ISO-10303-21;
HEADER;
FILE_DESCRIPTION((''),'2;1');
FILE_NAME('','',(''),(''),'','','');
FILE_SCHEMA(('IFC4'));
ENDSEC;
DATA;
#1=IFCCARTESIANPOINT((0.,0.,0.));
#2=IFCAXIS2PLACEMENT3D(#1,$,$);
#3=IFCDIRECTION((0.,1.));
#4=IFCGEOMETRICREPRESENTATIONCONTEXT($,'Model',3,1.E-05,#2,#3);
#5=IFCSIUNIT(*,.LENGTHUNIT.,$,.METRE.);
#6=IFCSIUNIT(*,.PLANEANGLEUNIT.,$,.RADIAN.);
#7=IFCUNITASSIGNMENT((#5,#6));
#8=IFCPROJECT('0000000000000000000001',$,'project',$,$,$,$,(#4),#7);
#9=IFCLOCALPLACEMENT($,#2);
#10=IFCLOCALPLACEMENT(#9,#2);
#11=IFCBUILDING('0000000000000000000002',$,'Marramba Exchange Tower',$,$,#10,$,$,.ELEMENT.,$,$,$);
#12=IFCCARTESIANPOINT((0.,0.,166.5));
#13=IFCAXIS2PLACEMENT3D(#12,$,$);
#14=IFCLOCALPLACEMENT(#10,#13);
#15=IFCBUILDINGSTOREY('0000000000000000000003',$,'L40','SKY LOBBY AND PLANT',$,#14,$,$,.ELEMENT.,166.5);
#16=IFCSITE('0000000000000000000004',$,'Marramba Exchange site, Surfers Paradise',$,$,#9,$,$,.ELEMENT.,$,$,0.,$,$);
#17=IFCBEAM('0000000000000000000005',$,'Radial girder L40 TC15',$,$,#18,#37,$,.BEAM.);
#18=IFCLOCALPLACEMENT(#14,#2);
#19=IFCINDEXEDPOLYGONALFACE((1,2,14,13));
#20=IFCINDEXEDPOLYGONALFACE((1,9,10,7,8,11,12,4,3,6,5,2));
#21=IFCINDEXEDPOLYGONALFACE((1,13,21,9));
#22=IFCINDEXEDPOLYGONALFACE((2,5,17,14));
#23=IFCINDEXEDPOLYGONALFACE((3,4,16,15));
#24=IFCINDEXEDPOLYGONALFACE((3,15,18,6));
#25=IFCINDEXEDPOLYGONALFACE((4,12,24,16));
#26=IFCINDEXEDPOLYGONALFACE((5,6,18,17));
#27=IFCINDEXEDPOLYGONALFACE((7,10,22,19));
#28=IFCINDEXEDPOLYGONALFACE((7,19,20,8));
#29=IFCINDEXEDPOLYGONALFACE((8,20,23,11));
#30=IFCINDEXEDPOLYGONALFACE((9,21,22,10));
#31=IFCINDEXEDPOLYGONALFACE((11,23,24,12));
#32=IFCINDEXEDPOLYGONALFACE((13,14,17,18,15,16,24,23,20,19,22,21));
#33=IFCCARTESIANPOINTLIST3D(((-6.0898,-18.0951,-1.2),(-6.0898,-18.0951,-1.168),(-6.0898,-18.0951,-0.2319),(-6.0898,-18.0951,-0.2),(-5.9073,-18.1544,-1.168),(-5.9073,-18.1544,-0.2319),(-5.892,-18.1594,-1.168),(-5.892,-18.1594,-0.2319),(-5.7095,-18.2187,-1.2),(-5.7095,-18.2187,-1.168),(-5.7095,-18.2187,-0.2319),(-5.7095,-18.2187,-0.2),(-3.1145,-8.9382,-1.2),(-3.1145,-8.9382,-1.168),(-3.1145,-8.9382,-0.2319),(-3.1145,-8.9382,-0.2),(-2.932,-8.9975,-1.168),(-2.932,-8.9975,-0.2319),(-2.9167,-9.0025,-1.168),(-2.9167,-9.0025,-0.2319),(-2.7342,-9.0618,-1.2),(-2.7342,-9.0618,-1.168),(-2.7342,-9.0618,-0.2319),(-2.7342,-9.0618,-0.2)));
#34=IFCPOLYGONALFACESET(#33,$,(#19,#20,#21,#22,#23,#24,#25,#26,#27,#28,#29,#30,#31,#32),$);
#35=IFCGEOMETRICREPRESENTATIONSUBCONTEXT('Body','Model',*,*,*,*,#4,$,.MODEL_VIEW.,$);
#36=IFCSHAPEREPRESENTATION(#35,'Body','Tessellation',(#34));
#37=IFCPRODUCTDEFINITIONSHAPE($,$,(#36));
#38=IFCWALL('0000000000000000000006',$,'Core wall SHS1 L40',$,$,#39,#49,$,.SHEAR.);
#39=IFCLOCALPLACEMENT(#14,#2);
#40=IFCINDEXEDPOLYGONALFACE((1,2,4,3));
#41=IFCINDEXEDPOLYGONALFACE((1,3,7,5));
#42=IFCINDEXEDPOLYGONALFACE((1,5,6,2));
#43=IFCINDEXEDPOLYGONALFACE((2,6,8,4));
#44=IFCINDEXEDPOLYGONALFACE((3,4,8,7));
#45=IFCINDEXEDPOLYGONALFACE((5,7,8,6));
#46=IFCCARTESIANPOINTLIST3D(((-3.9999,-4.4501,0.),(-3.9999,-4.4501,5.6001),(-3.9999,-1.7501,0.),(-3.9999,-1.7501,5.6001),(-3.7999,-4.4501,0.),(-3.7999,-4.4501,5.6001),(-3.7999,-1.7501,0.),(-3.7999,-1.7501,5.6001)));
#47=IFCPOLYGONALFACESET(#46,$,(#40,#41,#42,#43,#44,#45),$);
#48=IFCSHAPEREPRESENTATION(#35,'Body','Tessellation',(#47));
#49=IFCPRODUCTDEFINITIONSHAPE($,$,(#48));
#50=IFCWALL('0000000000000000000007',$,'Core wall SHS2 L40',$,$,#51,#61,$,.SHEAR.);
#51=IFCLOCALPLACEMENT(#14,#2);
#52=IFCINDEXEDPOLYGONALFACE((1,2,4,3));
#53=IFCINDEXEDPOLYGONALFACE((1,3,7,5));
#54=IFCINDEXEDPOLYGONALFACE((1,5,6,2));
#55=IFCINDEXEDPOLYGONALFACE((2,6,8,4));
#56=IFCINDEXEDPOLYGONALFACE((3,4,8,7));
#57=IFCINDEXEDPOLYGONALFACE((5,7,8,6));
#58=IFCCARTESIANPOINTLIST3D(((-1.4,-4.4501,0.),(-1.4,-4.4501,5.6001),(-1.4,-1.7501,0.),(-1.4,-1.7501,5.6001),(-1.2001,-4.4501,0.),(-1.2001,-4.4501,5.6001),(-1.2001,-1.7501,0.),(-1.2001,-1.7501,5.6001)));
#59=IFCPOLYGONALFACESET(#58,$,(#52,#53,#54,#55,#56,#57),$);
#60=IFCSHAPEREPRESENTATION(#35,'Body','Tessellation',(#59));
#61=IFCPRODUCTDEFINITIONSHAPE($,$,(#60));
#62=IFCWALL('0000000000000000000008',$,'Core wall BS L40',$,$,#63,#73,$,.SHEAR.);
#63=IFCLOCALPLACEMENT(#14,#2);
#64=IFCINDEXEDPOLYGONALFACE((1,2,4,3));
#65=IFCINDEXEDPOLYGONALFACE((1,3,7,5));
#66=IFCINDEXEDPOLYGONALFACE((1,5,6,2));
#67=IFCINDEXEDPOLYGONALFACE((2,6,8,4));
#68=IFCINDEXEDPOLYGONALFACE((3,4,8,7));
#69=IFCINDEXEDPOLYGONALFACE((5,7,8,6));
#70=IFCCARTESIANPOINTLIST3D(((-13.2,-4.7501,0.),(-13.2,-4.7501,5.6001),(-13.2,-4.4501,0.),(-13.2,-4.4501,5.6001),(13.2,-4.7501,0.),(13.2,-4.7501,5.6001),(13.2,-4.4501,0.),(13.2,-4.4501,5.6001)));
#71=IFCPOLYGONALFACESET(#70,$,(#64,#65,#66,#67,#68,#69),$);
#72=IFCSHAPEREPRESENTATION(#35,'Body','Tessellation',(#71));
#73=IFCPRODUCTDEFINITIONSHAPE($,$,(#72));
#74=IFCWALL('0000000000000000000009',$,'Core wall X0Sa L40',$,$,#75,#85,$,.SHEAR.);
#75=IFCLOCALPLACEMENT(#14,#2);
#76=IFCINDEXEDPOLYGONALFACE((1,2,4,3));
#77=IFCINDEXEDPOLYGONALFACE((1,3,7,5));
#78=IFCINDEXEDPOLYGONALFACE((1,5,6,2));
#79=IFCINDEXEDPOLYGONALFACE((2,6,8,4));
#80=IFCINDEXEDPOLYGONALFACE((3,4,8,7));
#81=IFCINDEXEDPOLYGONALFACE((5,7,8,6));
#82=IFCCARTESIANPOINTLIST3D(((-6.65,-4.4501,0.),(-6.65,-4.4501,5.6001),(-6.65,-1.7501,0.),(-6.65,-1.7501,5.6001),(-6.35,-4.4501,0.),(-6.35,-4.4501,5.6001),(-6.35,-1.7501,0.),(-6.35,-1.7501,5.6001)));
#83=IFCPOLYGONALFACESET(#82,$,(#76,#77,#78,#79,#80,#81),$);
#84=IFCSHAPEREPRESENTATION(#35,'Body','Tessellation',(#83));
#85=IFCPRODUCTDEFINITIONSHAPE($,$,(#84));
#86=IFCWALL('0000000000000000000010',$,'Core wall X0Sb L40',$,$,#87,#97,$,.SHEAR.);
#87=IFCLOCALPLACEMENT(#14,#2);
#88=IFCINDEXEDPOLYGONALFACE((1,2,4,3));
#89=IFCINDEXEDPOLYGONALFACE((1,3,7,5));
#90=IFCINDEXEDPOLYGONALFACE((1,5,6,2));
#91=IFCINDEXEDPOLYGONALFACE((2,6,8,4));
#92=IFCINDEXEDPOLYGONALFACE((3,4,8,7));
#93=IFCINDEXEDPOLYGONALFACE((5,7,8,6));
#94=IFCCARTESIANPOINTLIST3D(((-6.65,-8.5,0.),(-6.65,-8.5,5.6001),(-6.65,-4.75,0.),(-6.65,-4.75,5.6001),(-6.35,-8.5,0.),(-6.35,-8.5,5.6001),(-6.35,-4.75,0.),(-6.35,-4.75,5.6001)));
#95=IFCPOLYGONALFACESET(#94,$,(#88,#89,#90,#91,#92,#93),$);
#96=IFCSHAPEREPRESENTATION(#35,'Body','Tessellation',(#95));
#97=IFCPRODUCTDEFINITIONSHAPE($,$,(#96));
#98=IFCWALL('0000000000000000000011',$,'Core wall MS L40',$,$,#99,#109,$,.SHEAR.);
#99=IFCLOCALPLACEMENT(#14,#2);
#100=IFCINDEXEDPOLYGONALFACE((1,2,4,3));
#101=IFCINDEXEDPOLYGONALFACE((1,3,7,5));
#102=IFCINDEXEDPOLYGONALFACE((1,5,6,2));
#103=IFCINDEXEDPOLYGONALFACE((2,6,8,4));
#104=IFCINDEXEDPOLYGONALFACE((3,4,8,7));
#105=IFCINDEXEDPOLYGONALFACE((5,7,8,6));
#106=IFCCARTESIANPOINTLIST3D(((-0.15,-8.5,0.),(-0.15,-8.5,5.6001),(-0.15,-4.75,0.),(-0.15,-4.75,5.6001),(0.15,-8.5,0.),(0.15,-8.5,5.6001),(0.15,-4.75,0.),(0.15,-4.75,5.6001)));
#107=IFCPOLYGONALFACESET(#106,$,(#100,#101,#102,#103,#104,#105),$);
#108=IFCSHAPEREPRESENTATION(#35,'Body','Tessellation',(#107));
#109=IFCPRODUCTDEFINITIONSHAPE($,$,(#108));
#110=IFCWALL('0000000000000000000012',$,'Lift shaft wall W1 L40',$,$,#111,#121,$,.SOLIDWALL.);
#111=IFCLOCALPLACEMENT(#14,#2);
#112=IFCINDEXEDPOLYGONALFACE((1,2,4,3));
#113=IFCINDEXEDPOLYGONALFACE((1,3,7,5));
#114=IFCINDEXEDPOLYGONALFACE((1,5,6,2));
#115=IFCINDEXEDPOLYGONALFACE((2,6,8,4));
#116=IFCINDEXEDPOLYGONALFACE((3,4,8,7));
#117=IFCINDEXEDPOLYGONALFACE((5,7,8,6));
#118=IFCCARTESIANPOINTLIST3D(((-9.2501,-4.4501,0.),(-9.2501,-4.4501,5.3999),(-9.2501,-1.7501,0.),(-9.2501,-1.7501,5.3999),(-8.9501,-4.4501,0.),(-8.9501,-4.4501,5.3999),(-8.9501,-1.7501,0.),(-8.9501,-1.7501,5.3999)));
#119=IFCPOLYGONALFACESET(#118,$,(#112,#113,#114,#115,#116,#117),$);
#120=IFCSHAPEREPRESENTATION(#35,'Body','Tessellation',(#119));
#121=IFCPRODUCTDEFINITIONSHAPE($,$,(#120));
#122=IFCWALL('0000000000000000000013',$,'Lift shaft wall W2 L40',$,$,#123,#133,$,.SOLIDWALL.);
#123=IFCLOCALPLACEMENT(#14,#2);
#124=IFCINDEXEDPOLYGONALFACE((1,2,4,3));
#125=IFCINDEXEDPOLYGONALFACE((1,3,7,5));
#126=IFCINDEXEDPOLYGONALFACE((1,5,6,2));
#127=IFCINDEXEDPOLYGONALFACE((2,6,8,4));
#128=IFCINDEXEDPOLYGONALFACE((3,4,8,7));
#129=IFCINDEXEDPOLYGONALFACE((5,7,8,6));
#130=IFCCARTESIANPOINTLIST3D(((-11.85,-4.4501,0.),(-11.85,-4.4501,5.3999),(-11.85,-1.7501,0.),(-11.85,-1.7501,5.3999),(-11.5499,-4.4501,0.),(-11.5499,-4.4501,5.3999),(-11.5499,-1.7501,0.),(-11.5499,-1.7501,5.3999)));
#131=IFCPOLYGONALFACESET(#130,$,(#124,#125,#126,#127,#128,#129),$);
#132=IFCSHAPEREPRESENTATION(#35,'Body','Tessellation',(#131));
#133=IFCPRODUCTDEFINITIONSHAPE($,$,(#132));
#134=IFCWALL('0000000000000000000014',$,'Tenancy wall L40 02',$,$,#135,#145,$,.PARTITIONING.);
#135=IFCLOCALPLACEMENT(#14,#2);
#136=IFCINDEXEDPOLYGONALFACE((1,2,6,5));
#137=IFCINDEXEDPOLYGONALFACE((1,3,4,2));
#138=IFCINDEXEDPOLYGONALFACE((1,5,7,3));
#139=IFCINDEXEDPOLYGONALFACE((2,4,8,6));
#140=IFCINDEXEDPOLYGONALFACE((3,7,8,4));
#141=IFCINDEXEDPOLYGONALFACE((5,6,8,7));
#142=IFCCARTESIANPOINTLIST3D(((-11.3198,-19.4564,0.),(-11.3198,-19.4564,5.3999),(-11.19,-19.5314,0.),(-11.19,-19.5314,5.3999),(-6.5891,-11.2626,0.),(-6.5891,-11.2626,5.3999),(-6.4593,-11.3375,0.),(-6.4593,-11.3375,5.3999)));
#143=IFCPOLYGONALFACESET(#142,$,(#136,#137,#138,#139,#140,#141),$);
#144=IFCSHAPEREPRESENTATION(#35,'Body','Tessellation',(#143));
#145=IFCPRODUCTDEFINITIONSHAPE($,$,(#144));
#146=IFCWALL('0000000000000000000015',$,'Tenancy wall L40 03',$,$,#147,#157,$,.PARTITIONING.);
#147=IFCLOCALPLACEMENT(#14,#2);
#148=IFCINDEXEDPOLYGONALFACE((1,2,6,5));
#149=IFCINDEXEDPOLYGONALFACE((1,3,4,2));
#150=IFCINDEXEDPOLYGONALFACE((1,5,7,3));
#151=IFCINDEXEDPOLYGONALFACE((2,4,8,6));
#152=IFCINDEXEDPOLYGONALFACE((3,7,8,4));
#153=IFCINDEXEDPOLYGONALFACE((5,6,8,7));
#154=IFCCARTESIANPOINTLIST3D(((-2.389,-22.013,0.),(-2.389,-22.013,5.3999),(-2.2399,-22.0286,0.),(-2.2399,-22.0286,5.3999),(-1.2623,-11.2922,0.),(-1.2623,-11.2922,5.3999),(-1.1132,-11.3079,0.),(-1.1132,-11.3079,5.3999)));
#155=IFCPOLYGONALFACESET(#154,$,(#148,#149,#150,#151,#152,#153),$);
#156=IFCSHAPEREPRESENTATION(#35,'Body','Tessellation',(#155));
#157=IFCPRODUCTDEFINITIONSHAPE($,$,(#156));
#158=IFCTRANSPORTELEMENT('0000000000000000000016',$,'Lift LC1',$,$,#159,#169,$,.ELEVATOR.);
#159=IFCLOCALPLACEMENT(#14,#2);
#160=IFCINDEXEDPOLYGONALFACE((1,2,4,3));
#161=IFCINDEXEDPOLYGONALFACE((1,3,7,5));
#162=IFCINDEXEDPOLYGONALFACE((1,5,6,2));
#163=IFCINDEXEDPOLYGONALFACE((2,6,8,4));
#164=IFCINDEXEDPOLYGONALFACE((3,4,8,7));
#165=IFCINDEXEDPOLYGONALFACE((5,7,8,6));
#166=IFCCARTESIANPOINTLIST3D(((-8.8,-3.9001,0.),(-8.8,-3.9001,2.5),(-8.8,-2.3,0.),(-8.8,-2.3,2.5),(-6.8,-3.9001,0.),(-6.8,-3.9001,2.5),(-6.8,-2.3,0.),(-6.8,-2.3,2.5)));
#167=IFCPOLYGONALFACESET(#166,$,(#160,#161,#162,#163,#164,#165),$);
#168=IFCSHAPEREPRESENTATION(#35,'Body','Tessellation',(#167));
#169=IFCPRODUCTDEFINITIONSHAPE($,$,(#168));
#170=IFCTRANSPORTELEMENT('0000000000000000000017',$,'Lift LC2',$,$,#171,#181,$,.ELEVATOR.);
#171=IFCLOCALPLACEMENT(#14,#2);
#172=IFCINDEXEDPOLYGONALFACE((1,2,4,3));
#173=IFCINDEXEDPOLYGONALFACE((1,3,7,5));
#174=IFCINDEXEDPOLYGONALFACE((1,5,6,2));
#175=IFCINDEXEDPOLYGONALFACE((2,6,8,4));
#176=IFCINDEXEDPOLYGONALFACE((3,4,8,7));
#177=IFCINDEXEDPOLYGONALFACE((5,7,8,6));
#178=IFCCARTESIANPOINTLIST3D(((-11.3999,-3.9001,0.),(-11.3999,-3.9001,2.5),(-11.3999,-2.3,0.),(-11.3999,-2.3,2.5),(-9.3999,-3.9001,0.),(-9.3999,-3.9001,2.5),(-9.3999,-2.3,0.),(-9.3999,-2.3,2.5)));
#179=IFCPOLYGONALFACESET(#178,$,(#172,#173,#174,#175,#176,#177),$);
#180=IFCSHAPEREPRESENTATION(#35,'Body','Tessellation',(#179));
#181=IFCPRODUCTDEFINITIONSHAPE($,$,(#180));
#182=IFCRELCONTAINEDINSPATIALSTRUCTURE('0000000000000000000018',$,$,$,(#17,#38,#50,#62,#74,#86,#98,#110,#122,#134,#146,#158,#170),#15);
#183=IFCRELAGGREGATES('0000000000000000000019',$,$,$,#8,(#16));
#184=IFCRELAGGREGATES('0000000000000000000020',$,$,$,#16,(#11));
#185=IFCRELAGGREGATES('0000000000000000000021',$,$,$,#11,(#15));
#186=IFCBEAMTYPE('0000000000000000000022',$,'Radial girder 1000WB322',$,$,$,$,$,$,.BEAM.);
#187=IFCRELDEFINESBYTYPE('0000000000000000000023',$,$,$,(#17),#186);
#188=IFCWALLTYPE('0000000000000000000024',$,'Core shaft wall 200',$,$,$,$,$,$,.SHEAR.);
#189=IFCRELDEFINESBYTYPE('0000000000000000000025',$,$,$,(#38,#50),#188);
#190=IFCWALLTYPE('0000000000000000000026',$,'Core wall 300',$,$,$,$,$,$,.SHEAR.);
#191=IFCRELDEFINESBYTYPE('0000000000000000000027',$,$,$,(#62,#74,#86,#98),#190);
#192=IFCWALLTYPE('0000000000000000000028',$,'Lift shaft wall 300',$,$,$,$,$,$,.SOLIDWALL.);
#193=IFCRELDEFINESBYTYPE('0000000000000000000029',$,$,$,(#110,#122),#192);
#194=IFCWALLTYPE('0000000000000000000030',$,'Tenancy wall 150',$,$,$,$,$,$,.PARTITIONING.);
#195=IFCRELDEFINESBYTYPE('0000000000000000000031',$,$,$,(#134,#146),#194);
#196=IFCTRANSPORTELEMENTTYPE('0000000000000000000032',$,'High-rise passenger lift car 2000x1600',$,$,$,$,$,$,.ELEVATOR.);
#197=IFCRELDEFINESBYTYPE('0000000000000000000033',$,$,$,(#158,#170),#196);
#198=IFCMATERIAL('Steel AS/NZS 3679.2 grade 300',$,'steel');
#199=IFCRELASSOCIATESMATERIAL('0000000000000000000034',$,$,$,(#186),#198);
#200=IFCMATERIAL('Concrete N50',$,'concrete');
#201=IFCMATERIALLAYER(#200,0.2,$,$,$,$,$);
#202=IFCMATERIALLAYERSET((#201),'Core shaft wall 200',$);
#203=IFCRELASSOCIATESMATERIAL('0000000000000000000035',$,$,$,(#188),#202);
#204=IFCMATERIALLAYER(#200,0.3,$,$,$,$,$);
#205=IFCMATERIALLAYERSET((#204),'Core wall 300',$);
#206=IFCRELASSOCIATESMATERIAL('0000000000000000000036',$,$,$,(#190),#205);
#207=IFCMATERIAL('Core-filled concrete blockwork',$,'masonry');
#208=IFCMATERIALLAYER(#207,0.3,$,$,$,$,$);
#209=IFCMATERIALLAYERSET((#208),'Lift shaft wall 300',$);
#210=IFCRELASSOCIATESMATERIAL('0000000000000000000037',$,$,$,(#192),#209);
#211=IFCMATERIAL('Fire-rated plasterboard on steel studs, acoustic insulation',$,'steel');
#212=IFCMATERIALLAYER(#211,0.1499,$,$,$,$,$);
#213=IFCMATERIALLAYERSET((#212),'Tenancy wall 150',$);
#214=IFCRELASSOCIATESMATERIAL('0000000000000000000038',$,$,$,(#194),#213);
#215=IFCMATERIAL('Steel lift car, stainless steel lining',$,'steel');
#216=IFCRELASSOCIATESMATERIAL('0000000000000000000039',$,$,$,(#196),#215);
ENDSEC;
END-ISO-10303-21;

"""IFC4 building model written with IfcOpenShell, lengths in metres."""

from ifc_helpers import new_model, si_unit, direction, frame, frame_2d, origin, origin_2d, place, context, subcontext, project, spatial, rectangle, i_section, extrude, material, layer, layer_set, material_profile, profile_set, type_object, element, save


model = new_model("IFC4")

# Units and contexts
model_context = context("Model", 3, precision=1e-05, world=origin(), true_north=direction((0.0, 1.0)))
body_context = subcontext(model_context, "Body", "Model", "MODEL_VIEW")
ifc_project = project(units=[si_unit("LENGTHUNIT", "METRE"), si_unit("PLANEANGLEUNIT", "RADIAN")], contexts=[model_context])

# Site, building, storey
site_placement = place(None, origin())
site = spatial("IfcSite", under=ifc_project, at=site_placement, Name="Marramba Exchange site, Surfers Paradise", CompositionType="ELEMENT", RefElevation=0.0)
building_placement = place(site_placement, origin())
building = spatial("IfcBuilding", under=site, at=building_placement, Name="Marramba Exchange Tower", CompositionType="ELEMENT")
storey_placement = place(building_placement, frame((0.0, 0.0, 166.5)))
storey = spatial("IfcBuildingStorey", under=building, at=storey_placement, Name="L40", Description="SKY LOBBY AND PLANT", CompositionType="ELEMENT", Elevation=166.5)

# Beam
ifc_material_1 = material(Name="Steel AS/NZS 3679.2 grade 300", Category="steel")
ifc_material_profile_1 = material_profile(ifc_material_1, i_section(OverallWidth=0.3999, OverallDepth=1.0, WebThickness=0.0161, FlangeThickness=0.032, at=origin_2d()), Name="1000WB322")
ifc_profile_set_1 = profile_set([ifc_material_profile_1], Name="Steel AS/NZS 3679.2 grade 300")
beam_type_1 = type_object("IfcBeamType", Name="Radial girder 1000WB322", PredefinedType="BEAM", material=ifc_profile_set_1)
beam_1_placement = place(storey_placement, frame((-2.9243, -9.0, -0.7), z_axis=(-0.309022, -0.951055, 0.0), x_axis=(0.951055, -0.309022, 0.0)))
element("IfcBeam", 1, at=beam_1_placement, inside=storey, type_object=beam_type_1, Name="Radial girder L40 TC15", PredefinedType="BEAM", context=body_context, shape_type="SweptSolid", body=[
    extrude(i_section(OverallWidth=0.3999, OverallDepth=1.0, WebThickness=0.0161, FlangeThickness=0.032, at=origin_2d()), origin(), (0.0, 0.0, 1.0), 9.6282),
])

# Walls
ifc_material_2 = material(Name="Concrete N50", Category="concrete")
ifc_layer_1 = layer(ifc_material_2, 0.2)
ifc_layer_set_1 = layer_set([ifc_layer_1], Name="Core shaft wall 200")
wall_type_1 = type_object("IfcWallType", Name="Core shaft wall 200", PredefinedType="SHEAR", material=ifc_layer_set_1)
for number, where, z_axis, x_axis, name in (
    (2, (-3.8999, -1.75, 0.0), (0.0, 0.0, 1.0), (0.0, -1.0, 0.0), "Core wall SHS1 L40"),
    (3, (-1.3, -1.75, 0.0), (0.0, 0.0, 1.0), (0.0, -1.0, 0.0), "Core wall SHS2 L40"),
):
    element("IfcWall", number, at=place(storey_placement, frame(where, z_axis=z_axis, x_axis=x_axis)), inside=storey, type_object=wall_type_1, Name=name, PredefinedType="SHEAR", context=body_context, shape_type="SweptSolid", body=[
        extrude(rectangle(XDim=2.7, YDim=0.2, at=frame_2d((1.3501, 0.0))), origin(), (0.0, 0.0, 1.0), 5.6001),
    ])

# Shared definitions
ifc_layer_2 = layer(ifc_material_2, 0.3)
ifc_layer_set_2 = layer_set([ifc_layer_2], Name="Core wall 300")
wall_type_2 = type_object("IfcWallType", Name="Core wall 300", PredefinedType="SHEAR", material=ifc_layer_set_2)

# Walls
wall_1_placement = place(storey_placement, frame((-13.2, -4.6001, 0.0), z_axis=(0.0, 0.0, 1.0), x_axis=(1.0, 0.0, 0.0)))
element("IfcWall", 4, at=wall_1_placement, inside=storey, type_object=wall_type_2, Name="Core wall BS L40", PredefinedType="SHEAR", context=body_context, shape_type="SweptSolid", body=[
    extrude(rectangle(XDim=26.3999, YDim=0.3, at=frame_2d((13.2, 0.0))), origin(), (0.0, 0.0, 1.0), 5.6001),
])
wall_2_placement = place(storey_placement, frame((-6.5, -1.75, 0.0), z_axis=(0.0, 0.0, 1.0), x_axis=(0.0, -1.0, 0.0)))
element("IfcWall", 5, at=wall_2_placement, inside=storey, type_object=wall_type_2, Name="Core wall X0Sa L40", PredefinedType="SHEAR", context=body_context, shape_type="SweptSolid", body=[
    extrude(rectangle(XDim=2.7, YDim=0.3, at=frame_2d((1.3501, 0.0))), origin(), (0.0, 0.0, 1.0), 5.6001),
])
for number, where, z_axis, x_axis, name in (
    (6, (-6.5, -4.75, 0.0), (0.0, 0.0, 1.0), (0.0, -1.0, 0.0), "Core wall X0Sb L40"),
    (7, (0.0, -4.75, 0.0), (0.0, 0.0, 1.0), (0.0, -1.0, 0.0), "Core wall MS L40"),
):
    element("IfcWall", number, at=place(storey_placement, frame(where, z_axis=z_axis, x_axis=x_axis)), inside=storey, type_object=wall_type_2, Name=name, PredefinedType="SHEAR", context=body_context, shape_type="SweptSolid", body=[
        extrude(rectangle(XDim=3.75, YDim=0.3, at=frame_2d((1.875, 0.0))), origin(), (0.0, 0.0, 1.0), 5.6001),
    ])
ifc_material_3 = material(Name="Core-filled concrete blockwork", Category="masonry")
ifc_layer_3 = layer(ifc_material_3, 0.3)
ifc_layer_set_3 = layer_set([ifc_layer_3], Name="Lift shaft wall 300")
wall_type_3 = type_object("IfcWallType", Name="Lift shaft wall 300", PredefinedType="SOLIDWALL", material=ifc_layer_set_3)
for number, where, z_axis, x_axis, name in (
    (8, (-9.1001, -1.75, 0.0), (0.0, 0.0, 1.0), (0.0, -1.0, 0.0), "Lift shaft wall W1 L40"),
    (9, (-11.7, -1.75, 0.0), (0.0, 0.0, 1.0), (0.0, -1.0, 0.0), "Lift shaft wall W2 L40"),
):
    element("IfcWall", number, at=place(storey_placement, frame(where, z_axis=z_axis, x_axis=x_axis)), inside=storey, type_object=wall_type_3, Name=name, PredefinedType="SOLIDWALL", context=body_context, shape_type="SweptSolid", body=[
        extrude(rectangle(XDim=2.7, YDim=0.3, at=frame_2d((1.3501, 0.0))), origin(), (0.0, 0.0, 1.0), 5.3999),
    ])
ifc_material_4 = material(Name="Fire-rated plasterboard on steel studs, acoustic insulation", Category="steel")
ifc_layer_4 = layer(ifc_material_4, 0.1499)
ifc_layer_set_4 = layer_set([ifc_layer_4], Name="Tenancy wall 150")
wall_type_4 = type_object("IfcWallType", Name="Tenancy wall 150", PredefinedType="PARTITIONING", material=ifc_layer_set_4)
wall_3_placement = place(storey_placement, frame((-6.5242, -11.3, 0.0), z_axis=(0.0, 0.0, 1.0), x_axis=(-0.499999, -0.866026, 0.0)))
element("IfcWall", 10, at=wall_3_placement, inside=storey, type_object=wall_type_4, Name="Tenancy wall L40 02", PredefinedType="PARTITIONING", context=body_context, shape_type="SweptSolid", body=[
    extrude(rectangle(XDim=9.4614, YDim=0.1499, at=frame_2d((4.7307, 0.0))), origin(), (0.0, 0.0, 1.0), 5.3999),
])
wall_4_placement = place(storey_placement, frame((-1.1877, -11.3, 0.0), z_axis=(0.0, 0.0, 1.0), x_axis=(-0.104521, -0.994523, 0.0)))
element("IfcWall", 11, at=wall_4_placement, inside=storey, type_object=wall_type_4, Name="Tenancy wall L40 03", PredefinedType="PARTITIONING", context=body_context, shape_type="SweptSolid", body=[
    extrude(rectangle(XDim=10.7798, YDim=0.1499, at=frame_2d((5.3899, 0.0))), origin(), (0.0, 0.0, 1.0), 5.3999),
])

# Transport elements
ifc_material_5 = material(Name="Steel lift car, stainless steel lining", Category="steel")
transport_element_type = type_object("IfcTransportElementType", Name="High-rise passenger lift car 2000x1600", PredefinedType="ELEVATOR", material=ifc_material_5)
for number, where, z_axis, x_axis, name in (
    (12, (-7.8, -3.1001, 0.0), (0.0, 0.0, 1.0), (1.0, 0.0, 0.0), "Lift LC1"),
    (13, (-10.3999, -3.1001, 0.0), (0.0, 0.0, 1.0), (1.0, 0.0, 0.0), "Lift LC2"),
):
    element("IfcTransportElement", number, at=place(storey_placement, frame(where, z_axis=z_axis, x_axis=x_axis)), inside=storey, type_object=transport_element_type, Name=name, PredefinedType="ELEVATOR", context=body_context, shape_type="SweptSolid", body=[
        extrude(rectangle(XDim=2.0, YDim=1.6001, at=origin_2d()), origin(), (0.0, 0.0, 1.0), 2.5),
    ])

save(model, "model.ifc")
